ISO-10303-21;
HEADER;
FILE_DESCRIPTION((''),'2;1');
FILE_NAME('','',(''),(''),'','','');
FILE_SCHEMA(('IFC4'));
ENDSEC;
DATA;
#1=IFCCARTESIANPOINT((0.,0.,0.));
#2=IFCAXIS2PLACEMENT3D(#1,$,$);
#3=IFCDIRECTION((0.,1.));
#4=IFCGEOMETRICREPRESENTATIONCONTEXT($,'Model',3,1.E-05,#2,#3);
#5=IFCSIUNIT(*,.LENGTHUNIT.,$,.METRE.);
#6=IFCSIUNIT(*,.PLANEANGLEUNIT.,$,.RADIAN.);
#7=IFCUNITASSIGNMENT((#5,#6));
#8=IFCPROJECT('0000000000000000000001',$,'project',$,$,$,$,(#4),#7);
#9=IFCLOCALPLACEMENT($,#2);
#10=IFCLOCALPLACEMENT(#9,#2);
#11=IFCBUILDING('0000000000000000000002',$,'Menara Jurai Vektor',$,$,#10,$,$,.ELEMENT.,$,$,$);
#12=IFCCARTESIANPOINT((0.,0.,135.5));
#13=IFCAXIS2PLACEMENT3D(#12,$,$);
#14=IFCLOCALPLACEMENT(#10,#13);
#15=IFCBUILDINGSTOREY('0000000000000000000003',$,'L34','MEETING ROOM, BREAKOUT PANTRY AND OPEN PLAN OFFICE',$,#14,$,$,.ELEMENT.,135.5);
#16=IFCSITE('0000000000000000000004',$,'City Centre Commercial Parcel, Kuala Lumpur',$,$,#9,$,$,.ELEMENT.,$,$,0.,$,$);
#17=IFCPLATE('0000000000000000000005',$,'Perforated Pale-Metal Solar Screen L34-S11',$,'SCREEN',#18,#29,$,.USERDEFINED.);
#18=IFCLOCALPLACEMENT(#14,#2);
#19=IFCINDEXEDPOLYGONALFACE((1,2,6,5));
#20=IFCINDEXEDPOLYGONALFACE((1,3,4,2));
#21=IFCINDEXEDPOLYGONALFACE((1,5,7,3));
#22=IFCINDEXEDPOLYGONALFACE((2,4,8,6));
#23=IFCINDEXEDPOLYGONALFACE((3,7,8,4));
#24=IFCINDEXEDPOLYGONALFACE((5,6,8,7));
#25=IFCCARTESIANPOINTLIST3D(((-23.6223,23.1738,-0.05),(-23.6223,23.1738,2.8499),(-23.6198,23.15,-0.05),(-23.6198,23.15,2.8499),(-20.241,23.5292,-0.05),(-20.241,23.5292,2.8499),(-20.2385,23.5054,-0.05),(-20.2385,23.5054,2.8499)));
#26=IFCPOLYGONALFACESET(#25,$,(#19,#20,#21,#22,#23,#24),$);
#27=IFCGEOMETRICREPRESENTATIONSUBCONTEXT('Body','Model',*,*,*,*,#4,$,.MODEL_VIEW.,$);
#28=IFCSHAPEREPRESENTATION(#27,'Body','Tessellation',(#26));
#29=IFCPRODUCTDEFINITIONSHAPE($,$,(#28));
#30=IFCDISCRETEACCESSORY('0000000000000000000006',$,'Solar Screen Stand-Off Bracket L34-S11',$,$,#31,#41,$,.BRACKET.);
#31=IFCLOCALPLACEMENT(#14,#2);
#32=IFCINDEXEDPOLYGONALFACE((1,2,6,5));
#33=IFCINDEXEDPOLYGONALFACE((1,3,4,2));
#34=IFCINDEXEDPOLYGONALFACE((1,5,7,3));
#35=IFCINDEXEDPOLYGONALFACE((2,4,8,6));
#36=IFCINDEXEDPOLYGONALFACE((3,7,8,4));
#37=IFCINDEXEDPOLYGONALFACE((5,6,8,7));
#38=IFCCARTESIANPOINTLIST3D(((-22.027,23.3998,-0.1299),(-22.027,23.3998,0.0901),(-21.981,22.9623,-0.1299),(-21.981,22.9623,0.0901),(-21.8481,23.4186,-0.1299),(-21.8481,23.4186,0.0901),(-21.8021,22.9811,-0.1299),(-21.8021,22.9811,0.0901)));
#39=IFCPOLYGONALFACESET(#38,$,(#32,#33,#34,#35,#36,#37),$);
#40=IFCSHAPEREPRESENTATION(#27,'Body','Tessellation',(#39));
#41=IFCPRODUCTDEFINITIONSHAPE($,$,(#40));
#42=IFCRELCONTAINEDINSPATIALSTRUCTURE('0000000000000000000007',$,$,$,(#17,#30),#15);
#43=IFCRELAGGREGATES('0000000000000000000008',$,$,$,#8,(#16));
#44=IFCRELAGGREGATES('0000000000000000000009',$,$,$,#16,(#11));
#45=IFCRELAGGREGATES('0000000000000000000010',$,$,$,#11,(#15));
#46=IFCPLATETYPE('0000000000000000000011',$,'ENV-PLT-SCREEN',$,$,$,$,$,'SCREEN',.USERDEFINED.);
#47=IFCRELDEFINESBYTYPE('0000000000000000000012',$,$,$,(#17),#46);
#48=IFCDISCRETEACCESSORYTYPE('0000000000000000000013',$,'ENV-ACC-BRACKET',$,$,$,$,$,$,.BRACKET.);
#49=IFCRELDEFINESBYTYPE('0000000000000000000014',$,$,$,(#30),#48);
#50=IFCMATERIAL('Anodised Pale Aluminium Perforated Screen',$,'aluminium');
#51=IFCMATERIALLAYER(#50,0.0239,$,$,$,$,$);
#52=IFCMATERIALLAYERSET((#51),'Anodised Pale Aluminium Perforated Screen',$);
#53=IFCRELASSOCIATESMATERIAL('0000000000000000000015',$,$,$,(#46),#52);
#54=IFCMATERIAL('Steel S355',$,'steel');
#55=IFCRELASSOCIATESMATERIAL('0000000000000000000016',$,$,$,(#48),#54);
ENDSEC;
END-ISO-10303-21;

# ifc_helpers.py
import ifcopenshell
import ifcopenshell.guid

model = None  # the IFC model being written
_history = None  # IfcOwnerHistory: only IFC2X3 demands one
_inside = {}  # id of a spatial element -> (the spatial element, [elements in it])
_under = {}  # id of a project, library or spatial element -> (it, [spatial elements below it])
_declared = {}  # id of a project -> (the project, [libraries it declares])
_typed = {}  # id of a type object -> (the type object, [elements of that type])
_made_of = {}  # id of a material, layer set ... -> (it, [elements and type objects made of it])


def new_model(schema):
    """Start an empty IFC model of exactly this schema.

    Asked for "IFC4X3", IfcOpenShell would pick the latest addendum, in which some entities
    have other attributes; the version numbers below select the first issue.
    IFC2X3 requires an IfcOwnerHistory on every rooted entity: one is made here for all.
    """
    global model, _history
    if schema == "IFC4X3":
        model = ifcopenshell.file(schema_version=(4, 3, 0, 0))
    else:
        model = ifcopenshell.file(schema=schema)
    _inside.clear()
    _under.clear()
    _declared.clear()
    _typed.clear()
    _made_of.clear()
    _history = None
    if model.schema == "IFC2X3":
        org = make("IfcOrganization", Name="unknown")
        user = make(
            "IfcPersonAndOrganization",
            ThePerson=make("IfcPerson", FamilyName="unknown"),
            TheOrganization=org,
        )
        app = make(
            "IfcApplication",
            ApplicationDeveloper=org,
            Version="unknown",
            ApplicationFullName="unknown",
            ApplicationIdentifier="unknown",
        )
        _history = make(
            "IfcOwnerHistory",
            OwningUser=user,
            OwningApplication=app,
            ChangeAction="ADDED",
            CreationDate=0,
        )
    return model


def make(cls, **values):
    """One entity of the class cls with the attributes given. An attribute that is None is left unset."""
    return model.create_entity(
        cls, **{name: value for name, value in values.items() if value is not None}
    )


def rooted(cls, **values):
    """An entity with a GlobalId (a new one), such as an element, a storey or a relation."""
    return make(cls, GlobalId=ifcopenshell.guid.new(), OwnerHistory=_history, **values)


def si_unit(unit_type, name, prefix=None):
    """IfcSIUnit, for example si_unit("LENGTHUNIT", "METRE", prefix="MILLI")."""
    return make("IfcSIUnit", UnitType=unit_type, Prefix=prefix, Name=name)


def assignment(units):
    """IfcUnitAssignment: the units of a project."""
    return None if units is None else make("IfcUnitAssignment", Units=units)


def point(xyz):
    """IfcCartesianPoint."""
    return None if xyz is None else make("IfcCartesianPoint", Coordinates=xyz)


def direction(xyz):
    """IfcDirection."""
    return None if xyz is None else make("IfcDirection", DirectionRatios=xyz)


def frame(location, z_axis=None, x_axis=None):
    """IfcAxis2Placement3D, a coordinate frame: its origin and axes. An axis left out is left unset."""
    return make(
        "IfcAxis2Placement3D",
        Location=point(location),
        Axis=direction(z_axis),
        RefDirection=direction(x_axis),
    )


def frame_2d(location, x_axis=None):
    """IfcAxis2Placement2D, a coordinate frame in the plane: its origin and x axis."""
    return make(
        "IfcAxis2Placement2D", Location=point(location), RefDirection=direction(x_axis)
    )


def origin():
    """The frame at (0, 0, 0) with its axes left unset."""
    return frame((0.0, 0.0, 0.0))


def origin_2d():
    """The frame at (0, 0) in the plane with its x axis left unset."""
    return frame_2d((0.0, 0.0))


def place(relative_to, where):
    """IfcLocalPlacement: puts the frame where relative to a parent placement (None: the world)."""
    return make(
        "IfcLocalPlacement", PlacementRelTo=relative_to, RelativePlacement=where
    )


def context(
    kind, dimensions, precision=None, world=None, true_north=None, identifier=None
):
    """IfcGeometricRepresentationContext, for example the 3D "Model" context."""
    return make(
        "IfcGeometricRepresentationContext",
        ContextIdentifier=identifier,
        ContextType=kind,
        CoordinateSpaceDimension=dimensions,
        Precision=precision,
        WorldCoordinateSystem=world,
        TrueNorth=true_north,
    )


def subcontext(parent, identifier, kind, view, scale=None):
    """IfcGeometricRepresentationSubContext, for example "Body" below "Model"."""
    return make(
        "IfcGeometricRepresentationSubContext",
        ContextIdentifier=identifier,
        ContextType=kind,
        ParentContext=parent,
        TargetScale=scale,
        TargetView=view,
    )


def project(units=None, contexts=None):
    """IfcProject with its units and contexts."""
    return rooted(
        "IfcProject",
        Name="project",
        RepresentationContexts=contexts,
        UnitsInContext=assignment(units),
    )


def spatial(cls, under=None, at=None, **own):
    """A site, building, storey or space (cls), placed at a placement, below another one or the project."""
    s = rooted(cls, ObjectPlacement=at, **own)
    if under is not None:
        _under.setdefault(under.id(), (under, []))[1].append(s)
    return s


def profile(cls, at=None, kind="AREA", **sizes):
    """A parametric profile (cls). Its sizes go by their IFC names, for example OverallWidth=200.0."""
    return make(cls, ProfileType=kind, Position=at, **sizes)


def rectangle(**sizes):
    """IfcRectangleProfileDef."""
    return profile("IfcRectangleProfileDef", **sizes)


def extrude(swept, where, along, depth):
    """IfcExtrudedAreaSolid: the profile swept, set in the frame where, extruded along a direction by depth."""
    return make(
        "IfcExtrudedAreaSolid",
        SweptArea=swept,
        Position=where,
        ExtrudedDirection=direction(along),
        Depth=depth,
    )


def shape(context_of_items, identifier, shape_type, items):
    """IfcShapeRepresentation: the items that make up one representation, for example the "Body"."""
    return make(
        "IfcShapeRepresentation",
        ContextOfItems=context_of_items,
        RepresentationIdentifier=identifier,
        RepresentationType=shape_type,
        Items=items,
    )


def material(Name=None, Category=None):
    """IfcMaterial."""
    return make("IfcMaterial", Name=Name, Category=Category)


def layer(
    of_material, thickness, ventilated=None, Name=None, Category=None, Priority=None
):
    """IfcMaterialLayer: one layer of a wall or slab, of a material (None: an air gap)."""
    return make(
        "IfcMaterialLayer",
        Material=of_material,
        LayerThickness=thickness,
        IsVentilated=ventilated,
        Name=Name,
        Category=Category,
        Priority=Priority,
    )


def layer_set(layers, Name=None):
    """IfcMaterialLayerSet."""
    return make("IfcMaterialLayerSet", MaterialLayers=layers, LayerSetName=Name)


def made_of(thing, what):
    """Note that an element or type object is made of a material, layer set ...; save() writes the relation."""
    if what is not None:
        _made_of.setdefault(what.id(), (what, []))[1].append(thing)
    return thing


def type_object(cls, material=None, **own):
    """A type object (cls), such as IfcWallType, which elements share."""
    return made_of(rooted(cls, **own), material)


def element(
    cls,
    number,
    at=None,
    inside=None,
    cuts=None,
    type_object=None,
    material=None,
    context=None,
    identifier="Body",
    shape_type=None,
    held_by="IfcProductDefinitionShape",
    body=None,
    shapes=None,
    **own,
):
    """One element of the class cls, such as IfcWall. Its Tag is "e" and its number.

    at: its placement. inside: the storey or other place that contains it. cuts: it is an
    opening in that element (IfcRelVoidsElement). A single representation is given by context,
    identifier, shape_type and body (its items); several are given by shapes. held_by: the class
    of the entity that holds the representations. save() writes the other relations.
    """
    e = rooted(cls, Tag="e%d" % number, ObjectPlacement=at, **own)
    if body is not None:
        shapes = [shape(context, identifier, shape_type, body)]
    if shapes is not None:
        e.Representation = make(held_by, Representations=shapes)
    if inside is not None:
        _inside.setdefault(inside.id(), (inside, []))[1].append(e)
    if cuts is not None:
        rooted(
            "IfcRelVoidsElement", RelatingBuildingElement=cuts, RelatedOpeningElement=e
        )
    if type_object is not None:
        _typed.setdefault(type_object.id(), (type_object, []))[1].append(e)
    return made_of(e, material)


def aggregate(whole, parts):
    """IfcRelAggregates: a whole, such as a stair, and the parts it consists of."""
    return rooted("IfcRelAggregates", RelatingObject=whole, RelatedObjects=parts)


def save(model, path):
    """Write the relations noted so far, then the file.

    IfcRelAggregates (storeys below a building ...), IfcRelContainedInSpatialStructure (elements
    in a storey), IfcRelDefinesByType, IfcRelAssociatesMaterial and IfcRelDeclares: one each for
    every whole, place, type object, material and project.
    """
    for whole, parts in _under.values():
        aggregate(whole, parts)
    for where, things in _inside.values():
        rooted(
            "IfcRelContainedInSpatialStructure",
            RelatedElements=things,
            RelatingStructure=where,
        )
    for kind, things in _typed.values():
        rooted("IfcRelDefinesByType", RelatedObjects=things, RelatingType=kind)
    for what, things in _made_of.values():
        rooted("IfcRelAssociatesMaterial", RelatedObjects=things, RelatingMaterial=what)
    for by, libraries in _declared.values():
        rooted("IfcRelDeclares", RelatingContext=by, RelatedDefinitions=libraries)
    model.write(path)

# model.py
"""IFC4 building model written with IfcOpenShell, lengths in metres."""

from ifc_helpers import new_model, si_unit, direction, frame, origin, origin_2d, place, context, subcontext, project, spatial, rectangle, extrude, material, layer, layer_set, type_object, element, save


model = new_model("IFC4")

# Units and contexts
model_context = context("Model", 3, precision=1e-05, world=origin(), true_north=direction((0.0, 1.0)))
body_context = subcontext(model_context, "Body", "Model", "MODEL_VIEW")
ifc_project = project(units=[si_unit("LENGTHUNIT", "METRE"), si_unit("PLANEANGLEUNIT", "RADIAN")], contexts=[model_context])

# Site, building, storey
site_placement = place(None, origin())
site = spatial("IfcSite", under=ifc_project, at=site_placement, Name="City Centre Commercial Parcel, Kuala Lumpur", CompositionType="ELEMENT", RefElevation=0.0)
building_placement = place(site_placement, origin())
building = spatial("IfcBuilding", under=site, at=building_placement, Name="Menara Jurai Vektor", CompositionType="ELEMENT")
storey_placement = place(building_placement, frame((0.0, 0.0, 135.5)))
storey = spatial("IfcBuildingStorey", under=building, at=storey_placement, Name="L34", Description="MEETING ROOM, BREAKOUT PANTRY AND OPEN PLAN OFFICE", CompositionType="ELEMENT", Elevation=135.5)

# Shared definitions
ifc_material_1 = material(Name="Steel S355", Category="steel")

# Plate
ifc_material_2 = material(Name="Anodised Pale Aluminium Perforated Screen", Category="aluminium")
ifc_layer_1 = layer(ifc_material_2, 0.0239)
ifc_layer_set_1 = layer_set([ifc_layer_1], Name="Anodised Pale Aluminium Perforated Screen")
plate_type_1 = type_object("IfcPlateType", Name="ENV-PLT-SCREEN", ElementType="SCREEN", PredefinedType="USERDEFINED", material=ifc_layer_set_1)
plate_1_placement = place(storey_placement, frame((-21.9304, 23.3396, -0.05), z_axis=(0.0, 0.0, 1.0), x_axis=(-0.994522, -0.104528, 0.0)))
element("IfcPlate", 1, at=plate_1_placement, inside=storey, type_object=plate_type_1, Name="Perforated Pale-Metal Solar Screen L34-S11", ObjectType="SCREEN", PredefinedType="USERDEFINED", context=body_context, shape_type="SweptSolid", body=[
    extrude(rectangle(XDim=3.3999, YDim=0.0239, at=origin_2d()), origin(), (0.0, 0.0, 1.0), 2.8999),
])

# Discrete accessory
discrete_accessory_type = type_object("IfcDiscreteAccessoryType", Name="ENV-ACC-BRACKET", PredefinedType="BRACKET", material=ifc_material_1)
discrete_accessory_placement = place(storey_placement, frame((-21.9146, 23.1904, -0.1299), z_axis=(0.0, 0.0, 1.0), x_axis=(-0.994522, -0.104528, 0.0)))
element("IfcDiscreteAccessory", 2, at=discrete_accessory_placement, inside=storey, type_object=discrete_accessory_type, Name="Solar Screen Stand-Off Bracket L34-S11", PredefinedType="BRACKET", context=body_context, shape_type="SweptSolid", body=[
    extrude(rectangle(XDim=0.1799, YDim=0.4399, at=origin_2d()), origin(), (0.0, 0.0, 1.0), 0.22),
])

save(model, "model.ifc")
